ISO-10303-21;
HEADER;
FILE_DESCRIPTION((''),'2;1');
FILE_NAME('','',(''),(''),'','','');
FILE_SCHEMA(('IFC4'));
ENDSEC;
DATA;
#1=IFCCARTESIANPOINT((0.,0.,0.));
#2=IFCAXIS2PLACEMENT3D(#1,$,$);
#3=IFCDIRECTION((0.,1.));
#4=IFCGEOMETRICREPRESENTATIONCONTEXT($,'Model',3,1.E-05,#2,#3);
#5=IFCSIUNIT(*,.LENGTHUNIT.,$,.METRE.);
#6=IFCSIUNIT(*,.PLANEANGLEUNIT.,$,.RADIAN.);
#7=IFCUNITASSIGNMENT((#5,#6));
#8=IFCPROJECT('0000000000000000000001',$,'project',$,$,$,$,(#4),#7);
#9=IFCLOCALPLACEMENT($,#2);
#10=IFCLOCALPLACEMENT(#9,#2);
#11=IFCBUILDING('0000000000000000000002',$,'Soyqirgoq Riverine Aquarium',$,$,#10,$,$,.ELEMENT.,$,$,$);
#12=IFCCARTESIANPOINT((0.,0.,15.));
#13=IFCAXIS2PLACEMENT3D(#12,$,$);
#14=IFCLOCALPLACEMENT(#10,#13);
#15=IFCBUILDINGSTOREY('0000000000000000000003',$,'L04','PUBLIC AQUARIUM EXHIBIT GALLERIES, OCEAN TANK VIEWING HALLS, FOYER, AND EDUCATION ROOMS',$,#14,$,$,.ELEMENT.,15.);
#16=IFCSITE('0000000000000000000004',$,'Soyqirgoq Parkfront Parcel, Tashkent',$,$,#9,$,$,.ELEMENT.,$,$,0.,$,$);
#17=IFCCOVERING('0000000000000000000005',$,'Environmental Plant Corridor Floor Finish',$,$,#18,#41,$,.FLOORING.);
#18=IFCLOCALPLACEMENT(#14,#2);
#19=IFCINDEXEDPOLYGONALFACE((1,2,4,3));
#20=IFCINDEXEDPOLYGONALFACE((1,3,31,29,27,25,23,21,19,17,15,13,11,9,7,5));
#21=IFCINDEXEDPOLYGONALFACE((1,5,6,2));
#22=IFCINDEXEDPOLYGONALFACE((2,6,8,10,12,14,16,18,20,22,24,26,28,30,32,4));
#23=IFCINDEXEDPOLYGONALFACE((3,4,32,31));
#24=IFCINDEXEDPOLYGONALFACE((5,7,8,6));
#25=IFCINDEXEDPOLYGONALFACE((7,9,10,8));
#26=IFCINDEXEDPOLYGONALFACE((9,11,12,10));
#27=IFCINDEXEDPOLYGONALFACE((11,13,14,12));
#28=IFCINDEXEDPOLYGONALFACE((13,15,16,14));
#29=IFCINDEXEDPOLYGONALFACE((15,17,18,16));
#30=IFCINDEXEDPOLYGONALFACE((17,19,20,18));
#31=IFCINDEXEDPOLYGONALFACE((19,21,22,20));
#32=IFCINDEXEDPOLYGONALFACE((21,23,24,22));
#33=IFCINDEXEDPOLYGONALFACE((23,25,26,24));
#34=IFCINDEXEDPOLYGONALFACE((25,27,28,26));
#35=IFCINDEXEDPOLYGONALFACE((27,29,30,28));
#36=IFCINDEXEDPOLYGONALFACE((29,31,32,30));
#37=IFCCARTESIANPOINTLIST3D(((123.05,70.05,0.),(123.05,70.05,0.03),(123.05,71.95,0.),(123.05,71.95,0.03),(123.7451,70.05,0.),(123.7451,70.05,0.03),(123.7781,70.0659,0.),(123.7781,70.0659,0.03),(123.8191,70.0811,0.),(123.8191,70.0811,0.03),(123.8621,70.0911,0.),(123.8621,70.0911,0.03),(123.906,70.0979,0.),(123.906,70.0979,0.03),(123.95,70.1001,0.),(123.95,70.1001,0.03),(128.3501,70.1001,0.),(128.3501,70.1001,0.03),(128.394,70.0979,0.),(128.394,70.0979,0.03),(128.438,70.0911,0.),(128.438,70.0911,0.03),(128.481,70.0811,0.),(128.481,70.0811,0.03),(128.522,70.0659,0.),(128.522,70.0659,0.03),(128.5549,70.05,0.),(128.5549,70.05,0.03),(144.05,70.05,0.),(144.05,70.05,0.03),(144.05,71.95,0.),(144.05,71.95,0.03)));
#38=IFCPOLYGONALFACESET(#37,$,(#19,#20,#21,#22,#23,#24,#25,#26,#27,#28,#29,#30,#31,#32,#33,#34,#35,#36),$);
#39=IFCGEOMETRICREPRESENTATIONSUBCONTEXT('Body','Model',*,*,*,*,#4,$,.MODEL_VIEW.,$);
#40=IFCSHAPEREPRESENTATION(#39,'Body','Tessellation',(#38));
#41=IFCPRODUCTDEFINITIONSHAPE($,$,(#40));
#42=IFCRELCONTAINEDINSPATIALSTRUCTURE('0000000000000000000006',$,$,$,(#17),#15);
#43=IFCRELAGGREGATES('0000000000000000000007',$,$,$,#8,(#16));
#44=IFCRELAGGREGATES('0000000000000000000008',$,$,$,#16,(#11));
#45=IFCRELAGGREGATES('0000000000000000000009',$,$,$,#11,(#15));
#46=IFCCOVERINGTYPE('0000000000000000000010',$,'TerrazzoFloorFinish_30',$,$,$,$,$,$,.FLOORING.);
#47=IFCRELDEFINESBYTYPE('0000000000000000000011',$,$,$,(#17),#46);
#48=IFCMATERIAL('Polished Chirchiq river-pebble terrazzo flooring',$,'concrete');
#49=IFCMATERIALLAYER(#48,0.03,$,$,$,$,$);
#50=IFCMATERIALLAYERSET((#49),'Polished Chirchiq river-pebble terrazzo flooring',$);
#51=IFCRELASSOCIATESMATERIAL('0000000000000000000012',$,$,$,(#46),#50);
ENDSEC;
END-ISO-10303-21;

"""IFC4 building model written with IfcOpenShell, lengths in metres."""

from ifc_helpers import new_model, si_unit, direction, frame, origin, place, context, subcontext, project, spatial, polyline, outline, extrude, material, layer, layer_set, type_object, element, save


model = new_model("IFC4")

# Units and contexts
model_context = context("Model", 3, precision=1e-05, world=origin(), true_north=direction((0.0, 1.0)))
body_context = subcontext(model_context, "Body", "Model", "MODEL_VIEW")
ifc_project = project(units=[si_unit("LENGTHUNIT", "METRE"), si_unit("PLANEANGLEUNIT", "RADIAN")], contexts=[model_context])

# Site, building, storey
site_placement = place(None, origin())
site = spatial("IfcSite", under=ifc_project, at=site_placement, Name="Soyqirgoq Parkfront Parcel, Tashkent", CompositionType="ELEMENT", RefElevation=0.0)
building_placement = place(site_placement, origin())
building = spatial("IfcBuilding", under=site, at=building_placement, Name="Soyqirgoq Riverine Aquarium", CompositionType="ELEMENT")
storey_placement = place(building_placement, frame((0.0, 0.0, 15.0)))
storey = spatial("IfcBuildingStorey", under=building, at=storey_placement, Name="L04", Description="PUBLIC AQUARIUM EXHIBIT GALLERIES, OCEAN TANK VIEWING HALLS, FOYER, AND EDUCATION ROOMS", CompositionType="ELEMENT", Elevation=15.0)

# Covering
ifc_material_1 = material(Name="Polished Chirchiq river-pebble terrazzo flooring", Category="concrete")
ifc_layer_1 = layer(ifc_material_1, 0.03)
ifc_layer_set_1 = layer_set([ifc_layer_1], Name="Polished Chirchiq river-pebble terrazzo flooring")
covering_type_1 = type_object("IfcCoveringType", Name="TerrazzoFloorFinish_30", PredefinedType="FLOORING", material=ifc_layer_set_1)
covering_1_placement = place(storey_placement, origin())
element("IfcCovering", 1, at=covering_1_placement, inside=storey, type_object=covering_type_1, Name="Environmental Plant Corridor Floor Finish", PredefinedType="FLOORING", context=body_context, shape_type="SweptSolid", body=[
    extrude(outline(polyline([(123.05, 70.05), (123.05, 71.95), (144.05, 71.95), (144.05, 70.05), (128.5549, 70.05), (128.522, 70.0659), (128.481, 70.0811), (128.438, 70.0911), (128.394, 70.0979), (128.3501, 70.1001), (123.95, 70.1001), (123.906, 70.0979), (123.8621, 70.0911), (123.8191, 70.0811), (123.7781, 70.0659), (123.7451, 70.05), (123.05, 70.05)])), origin(), (0.0, 0.0, 1.0), 0.03),
])

save(model, "model.ifc")
